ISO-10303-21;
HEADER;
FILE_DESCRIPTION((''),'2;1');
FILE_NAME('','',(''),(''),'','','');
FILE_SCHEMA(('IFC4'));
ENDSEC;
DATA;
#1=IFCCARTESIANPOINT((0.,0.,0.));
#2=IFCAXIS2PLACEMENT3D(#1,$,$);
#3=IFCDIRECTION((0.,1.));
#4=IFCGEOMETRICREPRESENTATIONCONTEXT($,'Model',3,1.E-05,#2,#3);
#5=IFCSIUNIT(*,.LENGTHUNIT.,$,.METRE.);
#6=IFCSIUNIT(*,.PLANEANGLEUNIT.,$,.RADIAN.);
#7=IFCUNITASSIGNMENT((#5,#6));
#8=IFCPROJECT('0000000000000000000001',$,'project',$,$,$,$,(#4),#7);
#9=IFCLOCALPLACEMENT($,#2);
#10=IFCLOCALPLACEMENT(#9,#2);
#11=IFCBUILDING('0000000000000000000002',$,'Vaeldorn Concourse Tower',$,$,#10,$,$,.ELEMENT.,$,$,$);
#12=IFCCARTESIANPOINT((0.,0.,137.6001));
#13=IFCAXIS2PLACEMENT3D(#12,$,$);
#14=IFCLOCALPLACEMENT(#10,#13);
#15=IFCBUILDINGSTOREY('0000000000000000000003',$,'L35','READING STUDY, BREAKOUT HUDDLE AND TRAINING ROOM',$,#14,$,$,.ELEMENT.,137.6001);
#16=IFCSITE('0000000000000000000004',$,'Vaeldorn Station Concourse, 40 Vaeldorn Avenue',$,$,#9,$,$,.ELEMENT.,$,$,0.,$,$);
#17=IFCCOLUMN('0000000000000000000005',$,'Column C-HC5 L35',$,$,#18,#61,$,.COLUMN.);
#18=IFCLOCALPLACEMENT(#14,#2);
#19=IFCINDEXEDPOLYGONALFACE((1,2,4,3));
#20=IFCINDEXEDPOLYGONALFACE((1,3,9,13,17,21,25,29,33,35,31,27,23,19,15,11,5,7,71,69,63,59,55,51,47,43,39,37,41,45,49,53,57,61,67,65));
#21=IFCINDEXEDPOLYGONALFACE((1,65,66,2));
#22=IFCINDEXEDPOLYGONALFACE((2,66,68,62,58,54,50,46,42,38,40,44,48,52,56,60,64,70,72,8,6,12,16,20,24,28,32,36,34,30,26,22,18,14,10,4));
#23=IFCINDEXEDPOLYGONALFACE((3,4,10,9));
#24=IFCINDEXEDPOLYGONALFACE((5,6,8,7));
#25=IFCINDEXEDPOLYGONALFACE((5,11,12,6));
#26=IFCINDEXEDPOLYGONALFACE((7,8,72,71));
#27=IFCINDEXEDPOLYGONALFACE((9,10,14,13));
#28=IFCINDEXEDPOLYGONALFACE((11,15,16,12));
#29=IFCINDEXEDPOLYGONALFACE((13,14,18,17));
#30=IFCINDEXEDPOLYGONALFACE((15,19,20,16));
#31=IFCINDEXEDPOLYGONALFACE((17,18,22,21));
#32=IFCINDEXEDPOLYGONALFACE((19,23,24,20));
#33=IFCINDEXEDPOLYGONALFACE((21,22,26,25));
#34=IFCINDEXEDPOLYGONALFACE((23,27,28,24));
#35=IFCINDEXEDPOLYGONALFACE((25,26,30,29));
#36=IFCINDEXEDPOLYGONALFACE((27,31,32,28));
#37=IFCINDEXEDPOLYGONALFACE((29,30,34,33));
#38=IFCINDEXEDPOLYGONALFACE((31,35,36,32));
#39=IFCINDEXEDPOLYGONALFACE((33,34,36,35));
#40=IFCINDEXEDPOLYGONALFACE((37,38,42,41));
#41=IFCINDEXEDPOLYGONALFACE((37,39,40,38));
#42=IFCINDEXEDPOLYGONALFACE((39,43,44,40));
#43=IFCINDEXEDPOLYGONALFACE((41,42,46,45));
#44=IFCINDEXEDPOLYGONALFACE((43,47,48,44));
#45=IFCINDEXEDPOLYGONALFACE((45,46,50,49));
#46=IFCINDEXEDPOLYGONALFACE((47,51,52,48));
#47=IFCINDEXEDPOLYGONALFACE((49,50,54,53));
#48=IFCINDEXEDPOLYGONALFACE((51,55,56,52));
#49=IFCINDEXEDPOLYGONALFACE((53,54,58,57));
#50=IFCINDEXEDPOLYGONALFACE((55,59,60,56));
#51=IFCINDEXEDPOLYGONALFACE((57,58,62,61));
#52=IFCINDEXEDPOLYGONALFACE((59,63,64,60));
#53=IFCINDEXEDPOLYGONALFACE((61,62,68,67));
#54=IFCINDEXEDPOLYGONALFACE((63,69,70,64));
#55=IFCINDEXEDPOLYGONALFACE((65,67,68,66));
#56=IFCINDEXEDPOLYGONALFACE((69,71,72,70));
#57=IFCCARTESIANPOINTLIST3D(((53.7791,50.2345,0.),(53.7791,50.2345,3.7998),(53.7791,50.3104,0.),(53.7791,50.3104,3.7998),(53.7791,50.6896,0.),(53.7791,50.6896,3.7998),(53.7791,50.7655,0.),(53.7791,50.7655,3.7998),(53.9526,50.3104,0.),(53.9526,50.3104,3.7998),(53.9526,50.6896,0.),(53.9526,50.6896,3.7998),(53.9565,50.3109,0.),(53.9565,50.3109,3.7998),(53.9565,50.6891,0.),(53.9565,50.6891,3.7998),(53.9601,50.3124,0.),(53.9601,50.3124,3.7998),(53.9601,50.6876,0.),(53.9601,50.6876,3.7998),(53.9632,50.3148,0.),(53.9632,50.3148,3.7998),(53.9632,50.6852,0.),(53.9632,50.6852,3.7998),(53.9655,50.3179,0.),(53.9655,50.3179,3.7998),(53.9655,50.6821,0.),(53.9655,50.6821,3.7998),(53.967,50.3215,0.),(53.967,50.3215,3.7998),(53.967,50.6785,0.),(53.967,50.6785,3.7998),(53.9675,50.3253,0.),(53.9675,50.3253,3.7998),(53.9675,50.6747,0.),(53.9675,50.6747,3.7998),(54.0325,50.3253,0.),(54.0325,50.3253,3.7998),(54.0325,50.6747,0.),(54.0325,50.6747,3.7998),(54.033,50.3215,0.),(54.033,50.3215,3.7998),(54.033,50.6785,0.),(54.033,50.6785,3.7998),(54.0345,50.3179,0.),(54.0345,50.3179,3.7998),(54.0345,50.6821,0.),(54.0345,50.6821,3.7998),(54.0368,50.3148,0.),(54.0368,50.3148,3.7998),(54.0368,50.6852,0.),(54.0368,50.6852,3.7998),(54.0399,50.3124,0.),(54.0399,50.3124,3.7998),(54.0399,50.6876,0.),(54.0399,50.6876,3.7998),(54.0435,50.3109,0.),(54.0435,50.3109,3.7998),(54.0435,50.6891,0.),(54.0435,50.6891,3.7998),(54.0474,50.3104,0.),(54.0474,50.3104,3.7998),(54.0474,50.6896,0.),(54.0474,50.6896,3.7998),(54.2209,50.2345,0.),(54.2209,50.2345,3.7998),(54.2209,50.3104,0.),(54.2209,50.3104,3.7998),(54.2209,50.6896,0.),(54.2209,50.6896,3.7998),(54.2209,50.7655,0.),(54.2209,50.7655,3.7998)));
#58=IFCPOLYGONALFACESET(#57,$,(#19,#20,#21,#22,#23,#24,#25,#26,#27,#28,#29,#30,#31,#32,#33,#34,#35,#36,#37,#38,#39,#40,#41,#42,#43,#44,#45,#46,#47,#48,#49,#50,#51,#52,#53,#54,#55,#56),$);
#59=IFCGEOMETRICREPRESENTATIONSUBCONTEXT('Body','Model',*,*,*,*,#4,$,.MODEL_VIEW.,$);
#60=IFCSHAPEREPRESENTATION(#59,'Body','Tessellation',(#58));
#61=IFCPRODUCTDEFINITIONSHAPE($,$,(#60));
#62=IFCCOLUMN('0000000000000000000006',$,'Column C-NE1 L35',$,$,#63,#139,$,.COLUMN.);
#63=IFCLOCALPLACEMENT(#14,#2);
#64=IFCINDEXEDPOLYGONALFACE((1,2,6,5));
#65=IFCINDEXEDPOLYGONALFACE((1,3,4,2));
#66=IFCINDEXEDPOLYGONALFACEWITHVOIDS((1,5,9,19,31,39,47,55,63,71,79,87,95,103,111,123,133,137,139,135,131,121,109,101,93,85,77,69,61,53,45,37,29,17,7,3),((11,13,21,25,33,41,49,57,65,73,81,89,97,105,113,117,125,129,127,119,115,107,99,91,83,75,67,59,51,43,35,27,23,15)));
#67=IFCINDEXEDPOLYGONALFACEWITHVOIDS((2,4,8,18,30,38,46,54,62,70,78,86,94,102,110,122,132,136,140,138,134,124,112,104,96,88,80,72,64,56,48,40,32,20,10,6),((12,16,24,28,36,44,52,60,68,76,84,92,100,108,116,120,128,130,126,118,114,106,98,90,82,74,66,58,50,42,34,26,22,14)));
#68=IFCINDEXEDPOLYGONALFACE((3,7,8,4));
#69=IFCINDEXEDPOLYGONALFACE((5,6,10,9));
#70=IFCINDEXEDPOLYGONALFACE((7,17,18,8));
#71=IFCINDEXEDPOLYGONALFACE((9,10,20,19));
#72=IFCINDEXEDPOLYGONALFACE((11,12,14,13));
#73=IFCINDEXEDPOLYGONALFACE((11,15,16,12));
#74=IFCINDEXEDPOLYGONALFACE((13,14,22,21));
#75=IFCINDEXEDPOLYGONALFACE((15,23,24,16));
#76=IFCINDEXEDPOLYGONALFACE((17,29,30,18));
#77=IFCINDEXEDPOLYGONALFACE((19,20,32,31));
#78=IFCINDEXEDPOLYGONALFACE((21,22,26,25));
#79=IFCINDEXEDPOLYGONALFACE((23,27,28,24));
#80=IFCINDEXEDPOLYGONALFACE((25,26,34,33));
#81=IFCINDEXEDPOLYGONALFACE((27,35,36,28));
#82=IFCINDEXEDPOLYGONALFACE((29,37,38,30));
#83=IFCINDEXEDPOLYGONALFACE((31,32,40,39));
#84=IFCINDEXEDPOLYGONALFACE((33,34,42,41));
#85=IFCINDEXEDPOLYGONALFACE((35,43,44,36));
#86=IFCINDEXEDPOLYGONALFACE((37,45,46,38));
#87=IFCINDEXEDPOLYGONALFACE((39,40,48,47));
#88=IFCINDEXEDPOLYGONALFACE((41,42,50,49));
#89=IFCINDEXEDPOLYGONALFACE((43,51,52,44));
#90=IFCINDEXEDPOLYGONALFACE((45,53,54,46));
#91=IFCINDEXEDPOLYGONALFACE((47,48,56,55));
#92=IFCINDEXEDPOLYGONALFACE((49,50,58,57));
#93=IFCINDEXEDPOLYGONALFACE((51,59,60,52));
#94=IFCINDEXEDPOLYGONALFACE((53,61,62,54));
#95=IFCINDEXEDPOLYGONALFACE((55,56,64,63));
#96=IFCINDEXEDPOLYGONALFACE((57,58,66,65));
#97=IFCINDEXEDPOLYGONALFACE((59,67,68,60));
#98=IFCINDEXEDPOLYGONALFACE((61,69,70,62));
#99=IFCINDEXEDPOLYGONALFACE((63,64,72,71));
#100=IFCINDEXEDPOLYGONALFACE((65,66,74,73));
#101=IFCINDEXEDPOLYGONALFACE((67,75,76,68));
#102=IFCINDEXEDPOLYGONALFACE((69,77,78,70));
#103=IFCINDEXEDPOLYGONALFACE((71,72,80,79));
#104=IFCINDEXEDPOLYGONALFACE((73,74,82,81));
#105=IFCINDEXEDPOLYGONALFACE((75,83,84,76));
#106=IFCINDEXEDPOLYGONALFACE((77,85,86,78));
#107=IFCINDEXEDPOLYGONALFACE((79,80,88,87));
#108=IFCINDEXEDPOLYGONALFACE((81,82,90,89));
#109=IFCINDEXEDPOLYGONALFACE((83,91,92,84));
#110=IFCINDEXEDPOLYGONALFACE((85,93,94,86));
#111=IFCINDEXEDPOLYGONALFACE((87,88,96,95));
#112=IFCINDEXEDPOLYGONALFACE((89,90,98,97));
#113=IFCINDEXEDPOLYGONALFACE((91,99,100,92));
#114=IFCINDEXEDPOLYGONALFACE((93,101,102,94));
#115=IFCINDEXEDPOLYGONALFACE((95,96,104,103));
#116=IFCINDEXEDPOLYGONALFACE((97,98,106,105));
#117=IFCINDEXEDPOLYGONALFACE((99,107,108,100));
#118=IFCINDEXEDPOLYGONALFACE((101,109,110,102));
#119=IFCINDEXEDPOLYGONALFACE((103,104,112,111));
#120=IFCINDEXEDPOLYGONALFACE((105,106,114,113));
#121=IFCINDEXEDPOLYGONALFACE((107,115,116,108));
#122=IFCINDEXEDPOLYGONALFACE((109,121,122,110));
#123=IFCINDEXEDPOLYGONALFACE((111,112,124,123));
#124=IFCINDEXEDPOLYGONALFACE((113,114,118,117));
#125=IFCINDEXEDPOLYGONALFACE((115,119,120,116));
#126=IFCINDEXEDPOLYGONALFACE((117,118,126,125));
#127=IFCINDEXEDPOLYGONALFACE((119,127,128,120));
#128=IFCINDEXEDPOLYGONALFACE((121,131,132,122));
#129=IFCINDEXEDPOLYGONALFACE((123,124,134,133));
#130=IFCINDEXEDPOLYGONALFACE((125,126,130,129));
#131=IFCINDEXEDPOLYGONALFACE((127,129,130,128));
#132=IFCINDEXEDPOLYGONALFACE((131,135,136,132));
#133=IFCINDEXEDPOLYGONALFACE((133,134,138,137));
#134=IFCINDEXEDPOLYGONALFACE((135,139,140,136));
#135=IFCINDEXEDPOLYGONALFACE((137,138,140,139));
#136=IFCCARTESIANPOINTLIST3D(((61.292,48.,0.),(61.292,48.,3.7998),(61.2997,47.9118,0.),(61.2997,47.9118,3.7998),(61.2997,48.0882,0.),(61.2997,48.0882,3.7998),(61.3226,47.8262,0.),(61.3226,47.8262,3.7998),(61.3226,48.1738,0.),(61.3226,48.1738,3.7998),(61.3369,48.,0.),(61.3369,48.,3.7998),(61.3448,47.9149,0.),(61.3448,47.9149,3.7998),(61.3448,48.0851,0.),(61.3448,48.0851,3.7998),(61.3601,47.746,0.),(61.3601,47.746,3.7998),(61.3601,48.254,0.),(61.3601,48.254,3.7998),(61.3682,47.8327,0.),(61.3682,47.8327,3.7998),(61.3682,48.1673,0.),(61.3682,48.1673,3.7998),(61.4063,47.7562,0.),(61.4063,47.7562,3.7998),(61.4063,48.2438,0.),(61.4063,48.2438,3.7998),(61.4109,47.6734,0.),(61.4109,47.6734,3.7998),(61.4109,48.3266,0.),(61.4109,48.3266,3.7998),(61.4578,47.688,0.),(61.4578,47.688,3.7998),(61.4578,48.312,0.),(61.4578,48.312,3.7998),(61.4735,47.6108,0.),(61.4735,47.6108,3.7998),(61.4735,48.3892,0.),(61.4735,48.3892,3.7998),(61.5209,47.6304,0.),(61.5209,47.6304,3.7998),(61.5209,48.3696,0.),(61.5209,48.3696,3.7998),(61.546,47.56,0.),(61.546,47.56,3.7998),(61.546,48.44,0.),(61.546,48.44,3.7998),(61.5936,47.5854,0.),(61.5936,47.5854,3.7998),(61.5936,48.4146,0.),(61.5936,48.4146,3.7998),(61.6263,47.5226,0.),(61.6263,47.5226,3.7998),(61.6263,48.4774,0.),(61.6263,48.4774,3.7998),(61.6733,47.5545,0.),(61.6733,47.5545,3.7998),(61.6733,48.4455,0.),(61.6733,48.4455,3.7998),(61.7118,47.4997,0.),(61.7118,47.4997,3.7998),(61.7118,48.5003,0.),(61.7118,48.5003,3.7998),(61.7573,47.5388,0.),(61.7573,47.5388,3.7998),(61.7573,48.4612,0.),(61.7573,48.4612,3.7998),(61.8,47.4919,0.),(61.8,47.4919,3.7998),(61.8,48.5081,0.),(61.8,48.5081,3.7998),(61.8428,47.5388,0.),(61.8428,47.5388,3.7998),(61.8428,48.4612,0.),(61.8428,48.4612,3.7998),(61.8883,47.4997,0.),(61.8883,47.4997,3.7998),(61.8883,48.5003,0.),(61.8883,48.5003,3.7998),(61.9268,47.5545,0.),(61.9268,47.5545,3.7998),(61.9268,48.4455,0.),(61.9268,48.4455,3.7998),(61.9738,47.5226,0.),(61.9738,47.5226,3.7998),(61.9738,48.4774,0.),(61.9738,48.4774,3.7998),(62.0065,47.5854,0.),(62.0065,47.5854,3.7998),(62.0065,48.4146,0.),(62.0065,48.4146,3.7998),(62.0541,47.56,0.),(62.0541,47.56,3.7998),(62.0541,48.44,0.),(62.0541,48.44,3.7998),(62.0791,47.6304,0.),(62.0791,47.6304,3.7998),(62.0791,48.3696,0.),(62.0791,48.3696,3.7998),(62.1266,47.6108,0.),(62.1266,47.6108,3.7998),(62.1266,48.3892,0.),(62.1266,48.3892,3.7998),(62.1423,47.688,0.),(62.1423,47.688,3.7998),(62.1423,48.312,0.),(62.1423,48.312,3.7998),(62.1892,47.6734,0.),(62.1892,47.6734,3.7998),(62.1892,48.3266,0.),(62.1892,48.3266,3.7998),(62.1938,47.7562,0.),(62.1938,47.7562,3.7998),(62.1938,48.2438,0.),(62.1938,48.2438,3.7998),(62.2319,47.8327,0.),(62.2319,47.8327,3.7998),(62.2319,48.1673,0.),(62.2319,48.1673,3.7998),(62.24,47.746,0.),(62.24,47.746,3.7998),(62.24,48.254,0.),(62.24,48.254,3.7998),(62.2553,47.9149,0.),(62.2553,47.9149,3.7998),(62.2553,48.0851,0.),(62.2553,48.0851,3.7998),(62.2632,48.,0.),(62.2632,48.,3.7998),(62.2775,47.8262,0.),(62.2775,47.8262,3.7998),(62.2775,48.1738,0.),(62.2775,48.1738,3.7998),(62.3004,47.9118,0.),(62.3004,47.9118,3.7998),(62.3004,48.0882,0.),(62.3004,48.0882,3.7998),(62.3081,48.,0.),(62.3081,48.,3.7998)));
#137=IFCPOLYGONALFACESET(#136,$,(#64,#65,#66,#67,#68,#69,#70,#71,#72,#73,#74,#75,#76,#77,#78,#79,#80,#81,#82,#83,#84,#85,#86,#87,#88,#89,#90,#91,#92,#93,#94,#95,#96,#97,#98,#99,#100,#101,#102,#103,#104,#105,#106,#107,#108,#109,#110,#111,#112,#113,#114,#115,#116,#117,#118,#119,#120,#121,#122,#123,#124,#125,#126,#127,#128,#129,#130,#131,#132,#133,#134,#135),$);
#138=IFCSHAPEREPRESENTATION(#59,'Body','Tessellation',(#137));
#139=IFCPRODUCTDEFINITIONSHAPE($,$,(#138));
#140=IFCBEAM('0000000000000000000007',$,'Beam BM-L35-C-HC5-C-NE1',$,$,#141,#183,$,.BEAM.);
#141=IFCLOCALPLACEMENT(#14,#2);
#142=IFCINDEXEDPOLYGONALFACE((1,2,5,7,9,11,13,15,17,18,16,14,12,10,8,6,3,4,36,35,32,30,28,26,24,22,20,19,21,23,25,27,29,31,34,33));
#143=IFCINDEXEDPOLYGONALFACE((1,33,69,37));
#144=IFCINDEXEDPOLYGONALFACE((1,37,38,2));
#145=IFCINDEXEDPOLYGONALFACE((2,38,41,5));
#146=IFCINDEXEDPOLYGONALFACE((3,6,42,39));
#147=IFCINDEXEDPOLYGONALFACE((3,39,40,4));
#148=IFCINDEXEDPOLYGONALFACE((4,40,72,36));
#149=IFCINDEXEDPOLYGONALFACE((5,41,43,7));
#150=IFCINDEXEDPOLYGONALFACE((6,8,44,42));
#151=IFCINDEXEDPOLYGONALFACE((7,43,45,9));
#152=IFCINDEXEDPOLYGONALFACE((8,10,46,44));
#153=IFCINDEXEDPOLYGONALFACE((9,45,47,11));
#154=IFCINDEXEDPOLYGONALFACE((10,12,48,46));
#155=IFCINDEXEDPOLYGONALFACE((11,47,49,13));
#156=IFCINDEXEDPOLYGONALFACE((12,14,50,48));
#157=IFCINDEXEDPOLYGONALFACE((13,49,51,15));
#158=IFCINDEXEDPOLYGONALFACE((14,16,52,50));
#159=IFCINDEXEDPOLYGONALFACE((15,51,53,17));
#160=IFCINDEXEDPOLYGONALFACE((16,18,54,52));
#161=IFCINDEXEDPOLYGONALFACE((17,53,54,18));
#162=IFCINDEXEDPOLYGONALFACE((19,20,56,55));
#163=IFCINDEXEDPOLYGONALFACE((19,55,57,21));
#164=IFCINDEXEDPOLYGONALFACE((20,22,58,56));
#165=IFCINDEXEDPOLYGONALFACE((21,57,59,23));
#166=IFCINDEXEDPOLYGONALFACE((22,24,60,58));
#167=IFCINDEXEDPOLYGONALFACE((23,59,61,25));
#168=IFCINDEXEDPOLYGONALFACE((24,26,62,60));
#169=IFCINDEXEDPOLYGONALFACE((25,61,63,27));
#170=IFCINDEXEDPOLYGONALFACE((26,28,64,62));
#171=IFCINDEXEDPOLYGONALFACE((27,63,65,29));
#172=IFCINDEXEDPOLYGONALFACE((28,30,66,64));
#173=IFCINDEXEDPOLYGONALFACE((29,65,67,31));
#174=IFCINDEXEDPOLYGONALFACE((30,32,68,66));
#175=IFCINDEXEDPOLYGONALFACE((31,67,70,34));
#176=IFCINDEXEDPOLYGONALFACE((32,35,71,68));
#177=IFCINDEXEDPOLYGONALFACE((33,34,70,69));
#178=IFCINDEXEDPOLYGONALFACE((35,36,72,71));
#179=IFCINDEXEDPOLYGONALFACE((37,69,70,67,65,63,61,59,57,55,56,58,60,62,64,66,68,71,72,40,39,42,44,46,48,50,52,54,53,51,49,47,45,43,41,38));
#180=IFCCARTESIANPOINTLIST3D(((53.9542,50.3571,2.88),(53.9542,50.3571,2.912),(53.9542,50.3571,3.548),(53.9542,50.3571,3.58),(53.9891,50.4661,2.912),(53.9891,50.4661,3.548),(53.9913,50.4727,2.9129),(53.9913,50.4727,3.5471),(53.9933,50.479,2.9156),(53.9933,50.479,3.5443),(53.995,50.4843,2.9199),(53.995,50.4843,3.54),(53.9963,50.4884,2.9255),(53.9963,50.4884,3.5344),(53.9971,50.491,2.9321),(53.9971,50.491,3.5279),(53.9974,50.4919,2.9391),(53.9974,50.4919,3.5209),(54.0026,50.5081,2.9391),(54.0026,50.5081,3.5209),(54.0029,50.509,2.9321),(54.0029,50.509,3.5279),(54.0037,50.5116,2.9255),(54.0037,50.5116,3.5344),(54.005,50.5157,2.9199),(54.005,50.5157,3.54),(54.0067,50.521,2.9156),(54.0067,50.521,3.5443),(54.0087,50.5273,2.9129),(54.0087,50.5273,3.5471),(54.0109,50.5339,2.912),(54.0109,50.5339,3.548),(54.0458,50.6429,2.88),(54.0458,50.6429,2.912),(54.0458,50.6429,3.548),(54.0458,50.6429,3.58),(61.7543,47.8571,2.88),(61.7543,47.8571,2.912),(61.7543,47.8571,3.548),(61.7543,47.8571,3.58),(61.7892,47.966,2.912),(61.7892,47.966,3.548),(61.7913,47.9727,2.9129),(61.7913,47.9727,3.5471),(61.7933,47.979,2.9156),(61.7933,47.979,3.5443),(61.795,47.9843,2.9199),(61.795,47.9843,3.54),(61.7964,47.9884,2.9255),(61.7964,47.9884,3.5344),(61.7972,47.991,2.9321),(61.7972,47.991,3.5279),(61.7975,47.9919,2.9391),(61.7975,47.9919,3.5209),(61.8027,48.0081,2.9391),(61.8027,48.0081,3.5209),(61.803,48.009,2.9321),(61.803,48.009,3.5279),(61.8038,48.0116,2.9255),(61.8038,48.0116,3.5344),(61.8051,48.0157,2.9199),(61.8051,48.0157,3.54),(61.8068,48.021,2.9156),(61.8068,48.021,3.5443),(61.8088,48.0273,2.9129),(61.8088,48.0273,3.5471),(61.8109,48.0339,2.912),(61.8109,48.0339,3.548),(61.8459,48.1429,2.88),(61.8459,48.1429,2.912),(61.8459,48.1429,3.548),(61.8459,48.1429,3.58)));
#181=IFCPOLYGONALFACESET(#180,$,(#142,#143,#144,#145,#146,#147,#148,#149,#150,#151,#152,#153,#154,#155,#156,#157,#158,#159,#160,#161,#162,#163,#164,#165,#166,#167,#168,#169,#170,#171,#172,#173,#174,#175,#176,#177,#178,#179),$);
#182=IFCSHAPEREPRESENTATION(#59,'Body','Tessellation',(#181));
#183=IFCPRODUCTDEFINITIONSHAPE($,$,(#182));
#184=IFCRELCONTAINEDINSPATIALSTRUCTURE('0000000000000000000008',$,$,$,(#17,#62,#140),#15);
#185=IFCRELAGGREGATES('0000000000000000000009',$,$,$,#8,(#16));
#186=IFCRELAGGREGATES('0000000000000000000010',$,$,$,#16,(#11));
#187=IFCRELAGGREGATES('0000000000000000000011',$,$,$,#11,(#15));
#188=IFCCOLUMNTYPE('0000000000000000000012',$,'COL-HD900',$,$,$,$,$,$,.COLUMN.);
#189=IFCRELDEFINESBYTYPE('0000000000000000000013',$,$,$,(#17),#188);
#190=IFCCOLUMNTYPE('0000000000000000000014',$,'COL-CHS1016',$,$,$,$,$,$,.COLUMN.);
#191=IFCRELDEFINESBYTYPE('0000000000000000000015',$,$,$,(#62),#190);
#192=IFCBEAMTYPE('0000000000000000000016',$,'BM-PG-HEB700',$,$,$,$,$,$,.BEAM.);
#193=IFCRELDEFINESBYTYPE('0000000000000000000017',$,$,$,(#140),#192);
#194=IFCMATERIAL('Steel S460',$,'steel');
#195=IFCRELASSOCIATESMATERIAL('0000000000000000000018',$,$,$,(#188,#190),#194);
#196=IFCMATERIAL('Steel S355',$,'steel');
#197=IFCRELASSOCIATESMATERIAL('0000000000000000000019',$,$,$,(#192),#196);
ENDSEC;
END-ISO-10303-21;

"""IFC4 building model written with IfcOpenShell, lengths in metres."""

from ifc_helpers import new_model, si_unit, direction, frame, origin, origin_2d, place, context, subcontext, project, spatial, hollow_circle, i_section, extrude, source, transform, mapped, material, material_profile, profile_set, type_object, element, save


model = new_model("IFC4")

# Units and contexts
model_context = context("Model", 3, precision=1e-05, world=origin(), true_north=direction((0.0, 1.0)))
body_context = subcontext(model_context, "Body", "Model", "MODEL_VIEW")
ifc_project = project(units=[si_unit("LENGTHUNIT", "METRE"), si_unit("PLANEANGLEUNIT", "RADIAN")], contexts=[model_context])

# Site, building, storey
site_placement = place(None, origin())
site = spatial("IfcSite", under=ifc_project, at=site_placement, Name="Vaeldorn Station Concourse, 40 Vaeldorn Avenue", CompositionType="ELEMENT", RefElevation=0.0)
building_placement = place(site_placement, origin())
building = spatial("IfcBuilding", under=site, at=building_placement, Name="Vaeldorn Concourse Tower", CompositionType="ELEMENT")
storey_placement = place(building_placement, frame((0.0, 0.0, 137.6001)))
storey = spatial("IfcBuildingStorey", under=building, at=storey_placement, Name="L35", Description="READING STUDY, BREAKOUT HUDDLE AND TRAINING ROOM", CompositionType="ELEMENT", Elevation=137.6001)

# Columns
ifc_material_1 = material(Name="Steel S460", Category="steel")
ifc_material_profile_1 = material_profile(ifc_material_1, i_section(OverallWidth=0.4419, OverallDepth=0.531, WebThickness=0.0649, FlangeThickness=0.0759, FilletRadius=0.0149, at=origin_2d()), Name="HD 400x900")
ifc_profile_set_1 = profile_set([ifc_material_profile_1], Name="Steel S460")
column_type_1 = type_object("IfcColumnType", Name="COL-HD900", PredefinedType="COLUMN", material=ifc_profile_set_1)
shared_shape_1 = source(origin(), body_context, "Body", "SweptSolid", [
    extrude(i_section(OverallWidth=0.4419, OverallDepth=0.531, WebThickness=0.0649, FlangeThickness=0.0759, FilletRadius=0.0149, at=origin_2d()), origin(), (0.0, 0.0, 1.0), 3.7998),
])
column_1_placement = place(storey_placement, frame((54.0, 50.5, 0.0), z_axis=(0.0, 0.0, 1.0), x_axis=(1.0, 0.0, 0.0)))
element("IfcColumn", 1, at=column_1_placement, inside=storey, type_object=column_type_1, Name="Column C-HC5 L35", PredefinedType="COLUMN", context=body_context, shape_type="MappedRepresentation", body=[
    mapped(shared_shape_1, transform((0.0, 0.0, 0.0), scale=1.0)),
])
ifc_material_profile_2 = material_profile(ifc_material_1, hollow_circle(Radius=0.5081, WallThickness=0.0449, at=origin_2d()), Name="CHS 1016x45")
ifc_profile_set_2 = profile_set([ifc_material_profile_2], Name="Steel S460")
column_type_2 = type_object("IfcColumnType", Name="COL-CHS1016", PredefinedType="COLUMN", material=ifc_profile_set_2)
shared_shape_2 = source(origin(), body_context, "Body", "SweptSolid", [
    extrude(hollow_circle(Radius=0.5081, WallThickness=0.0449, at=origin_2d()), origin(), (0.0, 0.0, 1.0), 3.7998),
])
column_2_placement = place(storey_placement, frame((61.8, 48.0, 0.0), z_axis=(0.0, 0.0, 1.0), x_axis=(1.0, 0.0, 0.0)))
element("IfcColumn", 2, at=column_2_placement, inside=storey, type_object=column_type_2, Name="Column C-NE1 L35", PredefinedType="COLUMN", context=body_context, shape_type="MappedRepresentation", body=[
    mapped(shared_shape_2, transform((0.0, 0.0, 0.0), scale=1.0)),
])

# Beam
ifc_material_2 = material(Name="Steel S355", Category="steel")
ifc_material_profile_3 = material_profile(ifc_material_2, i_section(OverallWidth=0.3, OverallDepth=0.7, WebThickness=0.0171, FlangeThickness=0.032, FilletRadius=0.0271, at=origin_2d()), Name="HEB 700")
ifc_profile_set_3 = profile_set([ifc_material_profile_3], Name="Steel S355")
beam_type_1 = type_object("IfcBeamType", Name="BM-PG-HEB700", PredefinedType="BEAM", material=ifc_profile_set_3)
shared_shape_3 = source(origin(), body_context, "Body", "SweptSolid", [
    extrude(i_section(OverallWidth=0.3, OverallDepth=0.7, WebThickness=0.0171, FlangeThickness=0.032, FilletRadius=0.0271, at=origin_2d()), origin(), (0.0, 0.0, 1.0), 8.1909),
])
beam_1_placement = place(storey_placement, frame((54.0, 50.5, 3.23), z_axis=(0.952283, -0.305217, 0.0), x_axis=(0.305217, 0.952283, 0.0)))
element("IfcBeam", 3, at=beam_1_placement, inside=storey, type_object=beam_type_1, Name="Beam BM-L35-C-HC5-C-NE1", PredefinedType="BEAM", context=body_context, shape_type="MappedRepresentation", body=[
    mapped(shared_shape_3, transform((0.0, 0.0, 0.0), scale=1.0)),
])

save(model, "model.ifc")
